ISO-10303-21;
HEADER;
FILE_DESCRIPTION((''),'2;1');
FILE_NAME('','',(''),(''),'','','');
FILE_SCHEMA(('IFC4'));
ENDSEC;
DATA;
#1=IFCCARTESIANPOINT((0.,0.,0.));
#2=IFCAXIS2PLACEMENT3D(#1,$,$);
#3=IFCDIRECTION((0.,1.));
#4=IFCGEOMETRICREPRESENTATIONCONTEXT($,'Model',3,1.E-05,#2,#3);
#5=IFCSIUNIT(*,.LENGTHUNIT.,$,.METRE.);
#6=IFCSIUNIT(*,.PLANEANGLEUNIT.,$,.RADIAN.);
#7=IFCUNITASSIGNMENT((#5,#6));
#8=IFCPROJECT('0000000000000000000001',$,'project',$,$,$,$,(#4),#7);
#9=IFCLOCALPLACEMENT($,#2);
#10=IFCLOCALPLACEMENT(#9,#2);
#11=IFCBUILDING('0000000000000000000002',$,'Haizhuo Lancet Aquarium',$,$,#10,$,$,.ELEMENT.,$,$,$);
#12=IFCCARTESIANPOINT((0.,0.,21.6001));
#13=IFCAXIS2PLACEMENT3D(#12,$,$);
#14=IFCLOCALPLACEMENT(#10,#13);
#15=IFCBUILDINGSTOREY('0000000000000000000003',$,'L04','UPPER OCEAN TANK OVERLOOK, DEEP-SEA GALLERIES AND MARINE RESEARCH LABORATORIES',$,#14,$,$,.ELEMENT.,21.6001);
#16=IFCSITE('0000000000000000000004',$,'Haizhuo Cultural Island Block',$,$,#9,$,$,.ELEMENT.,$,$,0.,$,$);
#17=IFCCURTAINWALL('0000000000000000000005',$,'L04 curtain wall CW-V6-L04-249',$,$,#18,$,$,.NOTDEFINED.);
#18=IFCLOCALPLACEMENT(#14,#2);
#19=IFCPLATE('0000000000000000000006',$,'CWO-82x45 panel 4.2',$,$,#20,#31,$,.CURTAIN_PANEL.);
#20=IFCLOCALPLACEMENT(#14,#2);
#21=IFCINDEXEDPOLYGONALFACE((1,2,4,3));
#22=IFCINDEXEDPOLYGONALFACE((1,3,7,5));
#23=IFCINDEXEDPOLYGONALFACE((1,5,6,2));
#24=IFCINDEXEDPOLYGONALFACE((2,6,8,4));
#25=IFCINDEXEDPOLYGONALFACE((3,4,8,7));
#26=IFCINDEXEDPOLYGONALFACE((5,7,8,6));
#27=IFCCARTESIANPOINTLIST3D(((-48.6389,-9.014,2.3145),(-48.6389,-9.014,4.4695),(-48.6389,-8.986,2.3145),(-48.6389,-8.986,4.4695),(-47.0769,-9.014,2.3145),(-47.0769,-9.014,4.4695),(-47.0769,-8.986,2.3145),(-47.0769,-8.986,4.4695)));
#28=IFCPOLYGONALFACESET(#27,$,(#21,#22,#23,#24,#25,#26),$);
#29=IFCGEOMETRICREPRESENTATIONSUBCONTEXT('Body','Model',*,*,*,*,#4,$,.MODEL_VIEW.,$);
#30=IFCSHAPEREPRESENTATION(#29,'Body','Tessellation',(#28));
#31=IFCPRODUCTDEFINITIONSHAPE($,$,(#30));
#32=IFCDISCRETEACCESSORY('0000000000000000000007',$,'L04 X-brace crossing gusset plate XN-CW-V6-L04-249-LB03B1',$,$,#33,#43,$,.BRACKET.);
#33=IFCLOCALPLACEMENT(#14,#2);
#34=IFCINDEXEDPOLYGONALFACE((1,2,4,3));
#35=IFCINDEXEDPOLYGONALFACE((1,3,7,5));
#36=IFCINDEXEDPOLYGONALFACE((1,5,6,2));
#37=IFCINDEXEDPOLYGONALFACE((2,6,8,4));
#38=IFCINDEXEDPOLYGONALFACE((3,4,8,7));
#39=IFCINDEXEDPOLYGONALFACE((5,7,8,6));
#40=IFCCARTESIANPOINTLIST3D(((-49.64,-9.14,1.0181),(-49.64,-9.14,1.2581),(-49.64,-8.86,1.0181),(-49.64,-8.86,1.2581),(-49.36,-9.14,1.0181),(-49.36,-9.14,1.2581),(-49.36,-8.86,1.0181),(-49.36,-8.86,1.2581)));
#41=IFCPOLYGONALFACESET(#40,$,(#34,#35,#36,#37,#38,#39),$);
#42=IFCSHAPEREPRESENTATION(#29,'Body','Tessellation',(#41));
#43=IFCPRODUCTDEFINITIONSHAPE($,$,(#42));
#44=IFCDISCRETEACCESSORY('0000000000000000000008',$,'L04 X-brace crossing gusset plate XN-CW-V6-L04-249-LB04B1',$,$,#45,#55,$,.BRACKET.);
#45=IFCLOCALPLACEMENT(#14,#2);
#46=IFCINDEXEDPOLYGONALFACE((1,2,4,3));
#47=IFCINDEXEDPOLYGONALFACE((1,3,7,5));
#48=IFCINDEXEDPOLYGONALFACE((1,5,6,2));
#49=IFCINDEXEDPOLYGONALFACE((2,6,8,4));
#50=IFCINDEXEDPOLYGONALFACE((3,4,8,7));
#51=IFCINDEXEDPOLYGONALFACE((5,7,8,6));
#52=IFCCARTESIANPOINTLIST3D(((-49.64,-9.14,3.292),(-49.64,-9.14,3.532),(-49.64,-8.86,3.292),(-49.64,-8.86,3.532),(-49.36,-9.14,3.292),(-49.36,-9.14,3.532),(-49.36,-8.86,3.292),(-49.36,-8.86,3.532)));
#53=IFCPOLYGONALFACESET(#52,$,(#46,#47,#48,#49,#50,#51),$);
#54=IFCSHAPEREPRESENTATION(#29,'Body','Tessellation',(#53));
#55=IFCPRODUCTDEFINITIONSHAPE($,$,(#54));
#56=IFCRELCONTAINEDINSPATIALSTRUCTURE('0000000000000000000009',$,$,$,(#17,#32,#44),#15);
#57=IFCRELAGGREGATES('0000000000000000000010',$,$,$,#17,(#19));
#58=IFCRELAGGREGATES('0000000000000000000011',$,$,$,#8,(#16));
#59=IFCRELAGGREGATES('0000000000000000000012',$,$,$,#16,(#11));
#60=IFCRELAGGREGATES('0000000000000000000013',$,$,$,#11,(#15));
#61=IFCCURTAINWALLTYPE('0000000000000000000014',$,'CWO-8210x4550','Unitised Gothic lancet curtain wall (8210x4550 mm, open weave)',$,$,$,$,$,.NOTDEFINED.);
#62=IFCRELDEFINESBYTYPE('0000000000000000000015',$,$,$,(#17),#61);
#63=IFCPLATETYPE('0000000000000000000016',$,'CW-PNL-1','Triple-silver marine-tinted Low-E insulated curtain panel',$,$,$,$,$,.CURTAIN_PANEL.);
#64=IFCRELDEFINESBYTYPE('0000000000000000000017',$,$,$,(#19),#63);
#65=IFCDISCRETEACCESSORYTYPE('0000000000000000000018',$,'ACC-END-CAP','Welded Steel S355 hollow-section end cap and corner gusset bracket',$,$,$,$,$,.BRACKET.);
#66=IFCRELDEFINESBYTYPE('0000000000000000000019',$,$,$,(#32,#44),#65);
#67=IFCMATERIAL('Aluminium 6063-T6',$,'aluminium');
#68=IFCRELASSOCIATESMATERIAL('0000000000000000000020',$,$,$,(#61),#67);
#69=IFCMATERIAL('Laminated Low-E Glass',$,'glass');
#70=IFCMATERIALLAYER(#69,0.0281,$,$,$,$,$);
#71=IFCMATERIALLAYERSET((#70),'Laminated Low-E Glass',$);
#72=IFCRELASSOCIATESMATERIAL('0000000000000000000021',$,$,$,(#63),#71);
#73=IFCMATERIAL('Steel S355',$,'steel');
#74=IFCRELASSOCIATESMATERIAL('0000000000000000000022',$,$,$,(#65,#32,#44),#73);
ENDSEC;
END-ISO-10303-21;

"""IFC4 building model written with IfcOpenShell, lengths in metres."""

from ifc_helpers import new_model, si_unit, direction, frame, origin, origin_2d, place, context, subcontext, project, spatial, rectangle, extrude, material, layer, layer_set, type_object, element, aggregate, save


model = new_model("IFC4")

# Units and contexts
model_context = context("Model", 3, precision=1e-05, world=origin(), true_north=direction((0.0, 1.0)))
body_context = subcontext(model_context, "Body", "Model", "MODEL_VIEW")
ifc_project = project(units=[si_unit("LENGTHUNIT", "METRE"), si_unit("PLANEANGLEUNIT", "RADIAN")], contexts=[model_context])

# Site, building, storey
site_placement = place(None, origin())
site = spatial("IfcSite", under=ifc_project, at=site_placement, Name="Haizhuo Cultural Island Block", CompositionType="ELEMENT", RefElevation=0.0)
building_placement = place(site_placement, origin())
building = spatial("IfcBuilding", under=site, at=building_placement, Name="Haizhuo Lancet Aquarium", CompositionType="ELEMENT")
storey_placement = place(building_placement, frame((0.0, 0.0, 21.6001)))
storey = spatial("IfcBuildingStorey", under=building, at=storey_placement, Name="L04", Description="UPPER OCEAN TANK OVERLOOK, DEEP-SEA GALLERIES AND MARINE RESEARCH LABORATORIES", CompositionType="ELEMENT", Elevation=21.6001)

# Curtain wall
ifc_material_1 = material(Name="Aluminium 6063-T6", Category="aluminium")
curtain_wall_type = type_object("IfcCurtainWallType", Name="CWO-8210x4550", Description="Unitised Gothic lancet curtain wall (8210x4550 mm, open weave)", PredefinedType="NOTDEFINED", material=ifc_material_1)
curtain_wall_placement = place(storey_placement, origin())
curtain_wall = element("IfcCurtainWall", 1, at=curtain_wall_placement, inside=storey, type_object=curtain_wall_type, Name="L04 curtain wall CW-V6-L04-249", PredefinedType="NOTDEFINED")

# Shared definitions
ifc_material_2 = material(Name="Steel S355", Category="steel")

# Plate
ifc_material_3 = material(Name="Laminated Low-E Glass", Category="glass")
ifc_layer = layer(ifc_material_3, 0.0281)
ifc_layer_set = layer_set([ifc_layer], Name="Laminated Low-E Glass")
plate_type = type_object("IfcPlateType", Name="CW-PNL-1", Description="Triple-silver marine-tinted Low-E insulated curtain panel", PredefinedType="CURTAIN_PANEL", material=ifc_layer_set)
plate_1_placement = place(storey_placement, frame((-47.8579, -9.0, 2.3145), z_axis=(0.0, 0.0, 1.0), x_axis=(1.0, 0.0, 0.0)))
plate_1 = element("IfcPlate", 2, at=plate_1_placement, type_object=plate_type, Name="CWO-82x45 panel 4.2", PredefinedType="CURTAIN_PANEL", context=body_context, shape_type="SweptSolid", body=[
    extrude(rectangle(XDim=1.562, YDim=0.0281, at=origin_2d()), origin(), (0.0, 0.0, 1.0), 2.155),
])
aggregate(curtain_wall, [plate_1])

# Discrete accessories
discrete_accessory_type = type_object("IfcDiscreteAccessoryType", Name="ACC-END-CAP", Description="Welded Steel S355 hollow-section end cap and corner gusset bracket", PredefinedType="BRACKET", material=ifc_material_2)
for number, where, z_axis, x_axis, name in (
    (3, (-49.5, -9.0, 1.0181), (0.0, 0.0, 1.0), (1.0, 0.0, 0.0), "L04 X-brace crossing gusset plate XN-CW-V6-L04-249-LB03B1"),
    (4, (-49.5, -9.0, 3.292), (0.0, 0.0, 1.0), (1.0, 0.0, 0.0), "L04 X-brace crossing gusset plate XN-CW-V6-L04-249-LB04B1"),
):
    element("IfcDiscreteAccessory", number, at=place(storey_placement, frame(where, z_axis=z_axis, x_axis=x_axis)), inside=storey, type_object=discrete_accessory_type, material=ifc_material_2, Name=name, PredefinedType="BRACKET", context=body_context, shape_type="SweptSolid", body=[
        extrude(rectangle(XDim=0.28, YDim=0.28, at=origin_2d()), origin(), (0.0, 0.0, 1.0), 0.24),
    ])

save(model, "model.ifc")
